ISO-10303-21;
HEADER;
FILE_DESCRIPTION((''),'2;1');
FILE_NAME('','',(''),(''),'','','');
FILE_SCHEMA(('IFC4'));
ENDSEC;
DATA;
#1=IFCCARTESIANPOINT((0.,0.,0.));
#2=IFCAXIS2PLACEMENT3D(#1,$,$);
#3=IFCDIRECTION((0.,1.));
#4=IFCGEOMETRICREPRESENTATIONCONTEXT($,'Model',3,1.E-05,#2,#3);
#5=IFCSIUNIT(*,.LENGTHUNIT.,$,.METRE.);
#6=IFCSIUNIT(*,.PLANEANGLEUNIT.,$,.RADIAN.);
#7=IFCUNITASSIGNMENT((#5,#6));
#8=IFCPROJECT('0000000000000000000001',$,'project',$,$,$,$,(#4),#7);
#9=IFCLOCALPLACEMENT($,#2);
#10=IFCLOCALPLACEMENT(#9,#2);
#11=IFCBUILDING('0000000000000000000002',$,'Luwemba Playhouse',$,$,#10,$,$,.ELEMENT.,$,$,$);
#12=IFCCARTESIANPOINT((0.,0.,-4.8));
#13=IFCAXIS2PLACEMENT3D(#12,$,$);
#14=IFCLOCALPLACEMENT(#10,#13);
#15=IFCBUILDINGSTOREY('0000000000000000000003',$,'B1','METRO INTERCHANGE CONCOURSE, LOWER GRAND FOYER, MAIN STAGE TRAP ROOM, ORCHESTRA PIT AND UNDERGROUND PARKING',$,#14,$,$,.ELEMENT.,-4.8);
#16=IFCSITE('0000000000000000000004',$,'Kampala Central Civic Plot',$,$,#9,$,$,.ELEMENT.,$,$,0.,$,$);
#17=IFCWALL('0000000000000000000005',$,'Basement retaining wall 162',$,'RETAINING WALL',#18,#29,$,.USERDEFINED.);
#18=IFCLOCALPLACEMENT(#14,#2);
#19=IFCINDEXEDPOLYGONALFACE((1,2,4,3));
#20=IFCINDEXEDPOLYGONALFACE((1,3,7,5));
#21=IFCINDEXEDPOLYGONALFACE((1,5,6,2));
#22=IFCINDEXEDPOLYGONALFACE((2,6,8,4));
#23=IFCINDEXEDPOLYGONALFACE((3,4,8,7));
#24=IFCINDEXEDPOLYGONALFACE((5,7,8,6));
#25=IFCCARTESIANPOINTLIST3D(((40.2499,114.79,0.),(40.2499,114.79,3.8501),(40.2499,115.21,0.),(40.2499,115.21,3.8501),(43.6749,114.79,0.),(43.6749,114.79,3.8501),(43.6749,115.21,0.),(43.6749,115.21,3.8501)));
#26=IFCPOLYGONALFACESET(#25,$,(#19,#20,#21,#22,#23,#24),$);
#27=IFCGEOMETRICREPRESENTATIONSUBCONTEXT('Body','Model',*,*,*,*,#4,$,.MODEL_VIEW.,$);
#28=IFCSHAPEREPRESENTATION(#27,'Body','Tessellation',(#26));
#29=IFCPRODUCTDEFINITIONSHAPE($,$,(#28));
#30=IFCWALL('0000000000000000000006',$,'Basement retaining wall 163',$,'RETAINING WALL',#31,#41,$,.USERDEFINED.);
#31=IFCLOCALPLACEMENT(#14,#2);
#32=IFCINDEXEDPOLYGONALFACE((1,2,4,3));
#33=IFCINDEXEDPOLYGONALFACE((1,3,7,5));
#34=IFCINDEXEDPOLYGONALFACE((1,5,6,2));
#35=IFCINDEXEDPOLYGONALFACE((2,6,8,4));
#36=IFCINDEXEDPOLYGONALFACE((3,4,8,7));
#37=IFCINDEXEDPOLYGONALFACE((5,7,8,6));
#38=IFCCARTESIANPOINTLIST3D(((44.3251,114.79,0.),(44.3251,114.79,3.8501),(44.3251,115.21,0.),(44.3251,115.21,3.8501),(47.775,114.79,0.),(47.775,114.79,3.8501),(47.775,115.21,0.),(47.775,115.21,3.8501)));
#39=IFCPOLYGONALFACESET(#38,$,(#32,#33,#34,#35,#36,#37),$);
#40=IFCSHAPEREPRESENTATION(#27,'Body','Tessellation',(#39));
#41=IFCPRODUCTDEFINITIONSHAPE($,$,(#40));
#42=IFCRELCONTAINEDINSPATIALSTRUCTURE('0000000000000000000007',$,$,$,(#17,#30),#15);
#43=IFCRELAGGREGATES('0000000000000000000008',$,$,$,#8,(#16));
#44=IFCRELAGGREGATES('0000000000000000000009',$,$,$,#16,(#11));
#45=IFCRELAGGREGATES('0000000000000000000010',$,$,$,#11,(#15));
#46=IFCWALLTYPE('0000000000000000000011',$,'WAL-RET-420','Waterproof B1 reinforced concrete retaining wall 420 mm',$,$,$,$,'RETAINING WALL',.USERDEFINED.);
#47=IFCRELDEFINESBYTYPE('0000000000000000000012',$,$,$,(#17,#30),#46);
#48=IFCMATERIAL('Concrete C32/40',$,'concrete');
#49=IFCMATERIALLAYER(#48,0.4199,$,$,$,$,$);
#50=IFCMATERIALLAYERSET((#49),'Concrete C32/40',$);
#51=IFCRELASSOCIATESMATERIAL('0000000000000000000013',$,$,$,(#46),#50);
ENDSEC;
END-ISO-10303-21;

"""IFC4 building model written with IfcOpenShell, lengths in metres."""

from ifc_helpers import new_model, si_unit, direction, frame, frame_2d, origin, place, context, subcontext, project, spatial, rectangle, extrude, material, layer, layer_set, type_object, element, save


model = new_model("IFC4")

# Units and contexts
model_context = context("Model", 3, precision=1e-05, world=origin(), true_north=direction((0.0, 1.0)))
body_context = subcontext(model_context, "Body", "Model", "MODEL_VIEW")
ifc_project = project(units=[si_unit("LENGTHUNIT", "METRE"), si_unit("PLANEANGLEUNIT", "RADIAN")], contexts=[model_context])

# Site, building, storey
site_placement = place(None, origin())
site = spatial("IfcSite", under=ifc_project, at=site_placement, Name="Kampala Central Civic Plot", CompositionType="ELEMENT", RefElevation=0.0)
building_placement = place(site_placement, origin())
building = spatial("IfcBuilding", under=site, at=building_placement, Name="Luwemba Playhouse", CompositionType="ELEMENT")
storey_placement = place(building_placement, frame((0.0, 0.0, -4.8)))
storey = spatial("IfcBuildingStorey", under=building, at=storey_placement, Name="B1", Description="METRO INTERCHANGE CONCOURSE, LOWER GRAND FOYER, MAIN STAGE TRAP ROOM, ORCHESTRA PIT AND UNDERGROUND PARKING", CompositionType="ELEMENT", Elevation=-4.8)

# Shared definitions
ifc_material_1 = material(Name="Concrete C32/40", Category="concrete")

# Walls
ifc_layer_1 = layer(ifc_material_1, 0.4199)
ifc_layer_set_1 = layer_set([ifc_layer_1], Name="Concrete C32/40")
wall_type_1 = type_object("IfcWallType", Name="WAL-RET-420", Description="Waterproof B1 reinforced concrete retaining wall 420 mm", ElementType="RETAINING WALL", PredefinedType="USERDEFINED", material=ifc_layer_set_1)
for number, where, z_axis, x_axis, name in (
    (1, (40.25, 115.0, 0.0), (0.0, 0.0, 1.0), (1.0, 0.0, 0.0), "Basement retaining wall 162"),
):
    element("IfcWall", number, at=place(storey_placement, frame(where, z_axis=z_axis, x_axis=x_axis)), inside=storey, type_object=wall_type_1, Name=name, ObjectType="RETAINING WALL", PredefinedType="USERDEFINED", context=body_context, shape_type="SweptSolid", body=[
        extrude(rectangle(XDim=3.425, YDim=0.4199, at=frame_2d((1.7124, 0.0))), origin(), (0.0, 0.0, 1.0), 3.8501),
    ])
wall_1_placement = place(storey_placement, frame((44.325, 115.0, 0.0), z_axis=(0.0, 0.0, 1.0), x_axis=(1.0, 0.0, 0.0)))
element("IfcWall", 2, at=wall_1_placement, inside=storey, type_object=wall_type_1, Name="Basement retaining wall 163", ObjectType="RETAINING WALL", PredefinedType="USERDEFINED", context=body_context, shape_type="SweptSolid", body=[
    extrude(rectangle(XDim=3.45, YDim=0.4199, at=frame_2d((1.7251, 0.0))), origin(), (0.0, 0.0, 1.0), 3.8501),
])

save(model, "model.ifc")
